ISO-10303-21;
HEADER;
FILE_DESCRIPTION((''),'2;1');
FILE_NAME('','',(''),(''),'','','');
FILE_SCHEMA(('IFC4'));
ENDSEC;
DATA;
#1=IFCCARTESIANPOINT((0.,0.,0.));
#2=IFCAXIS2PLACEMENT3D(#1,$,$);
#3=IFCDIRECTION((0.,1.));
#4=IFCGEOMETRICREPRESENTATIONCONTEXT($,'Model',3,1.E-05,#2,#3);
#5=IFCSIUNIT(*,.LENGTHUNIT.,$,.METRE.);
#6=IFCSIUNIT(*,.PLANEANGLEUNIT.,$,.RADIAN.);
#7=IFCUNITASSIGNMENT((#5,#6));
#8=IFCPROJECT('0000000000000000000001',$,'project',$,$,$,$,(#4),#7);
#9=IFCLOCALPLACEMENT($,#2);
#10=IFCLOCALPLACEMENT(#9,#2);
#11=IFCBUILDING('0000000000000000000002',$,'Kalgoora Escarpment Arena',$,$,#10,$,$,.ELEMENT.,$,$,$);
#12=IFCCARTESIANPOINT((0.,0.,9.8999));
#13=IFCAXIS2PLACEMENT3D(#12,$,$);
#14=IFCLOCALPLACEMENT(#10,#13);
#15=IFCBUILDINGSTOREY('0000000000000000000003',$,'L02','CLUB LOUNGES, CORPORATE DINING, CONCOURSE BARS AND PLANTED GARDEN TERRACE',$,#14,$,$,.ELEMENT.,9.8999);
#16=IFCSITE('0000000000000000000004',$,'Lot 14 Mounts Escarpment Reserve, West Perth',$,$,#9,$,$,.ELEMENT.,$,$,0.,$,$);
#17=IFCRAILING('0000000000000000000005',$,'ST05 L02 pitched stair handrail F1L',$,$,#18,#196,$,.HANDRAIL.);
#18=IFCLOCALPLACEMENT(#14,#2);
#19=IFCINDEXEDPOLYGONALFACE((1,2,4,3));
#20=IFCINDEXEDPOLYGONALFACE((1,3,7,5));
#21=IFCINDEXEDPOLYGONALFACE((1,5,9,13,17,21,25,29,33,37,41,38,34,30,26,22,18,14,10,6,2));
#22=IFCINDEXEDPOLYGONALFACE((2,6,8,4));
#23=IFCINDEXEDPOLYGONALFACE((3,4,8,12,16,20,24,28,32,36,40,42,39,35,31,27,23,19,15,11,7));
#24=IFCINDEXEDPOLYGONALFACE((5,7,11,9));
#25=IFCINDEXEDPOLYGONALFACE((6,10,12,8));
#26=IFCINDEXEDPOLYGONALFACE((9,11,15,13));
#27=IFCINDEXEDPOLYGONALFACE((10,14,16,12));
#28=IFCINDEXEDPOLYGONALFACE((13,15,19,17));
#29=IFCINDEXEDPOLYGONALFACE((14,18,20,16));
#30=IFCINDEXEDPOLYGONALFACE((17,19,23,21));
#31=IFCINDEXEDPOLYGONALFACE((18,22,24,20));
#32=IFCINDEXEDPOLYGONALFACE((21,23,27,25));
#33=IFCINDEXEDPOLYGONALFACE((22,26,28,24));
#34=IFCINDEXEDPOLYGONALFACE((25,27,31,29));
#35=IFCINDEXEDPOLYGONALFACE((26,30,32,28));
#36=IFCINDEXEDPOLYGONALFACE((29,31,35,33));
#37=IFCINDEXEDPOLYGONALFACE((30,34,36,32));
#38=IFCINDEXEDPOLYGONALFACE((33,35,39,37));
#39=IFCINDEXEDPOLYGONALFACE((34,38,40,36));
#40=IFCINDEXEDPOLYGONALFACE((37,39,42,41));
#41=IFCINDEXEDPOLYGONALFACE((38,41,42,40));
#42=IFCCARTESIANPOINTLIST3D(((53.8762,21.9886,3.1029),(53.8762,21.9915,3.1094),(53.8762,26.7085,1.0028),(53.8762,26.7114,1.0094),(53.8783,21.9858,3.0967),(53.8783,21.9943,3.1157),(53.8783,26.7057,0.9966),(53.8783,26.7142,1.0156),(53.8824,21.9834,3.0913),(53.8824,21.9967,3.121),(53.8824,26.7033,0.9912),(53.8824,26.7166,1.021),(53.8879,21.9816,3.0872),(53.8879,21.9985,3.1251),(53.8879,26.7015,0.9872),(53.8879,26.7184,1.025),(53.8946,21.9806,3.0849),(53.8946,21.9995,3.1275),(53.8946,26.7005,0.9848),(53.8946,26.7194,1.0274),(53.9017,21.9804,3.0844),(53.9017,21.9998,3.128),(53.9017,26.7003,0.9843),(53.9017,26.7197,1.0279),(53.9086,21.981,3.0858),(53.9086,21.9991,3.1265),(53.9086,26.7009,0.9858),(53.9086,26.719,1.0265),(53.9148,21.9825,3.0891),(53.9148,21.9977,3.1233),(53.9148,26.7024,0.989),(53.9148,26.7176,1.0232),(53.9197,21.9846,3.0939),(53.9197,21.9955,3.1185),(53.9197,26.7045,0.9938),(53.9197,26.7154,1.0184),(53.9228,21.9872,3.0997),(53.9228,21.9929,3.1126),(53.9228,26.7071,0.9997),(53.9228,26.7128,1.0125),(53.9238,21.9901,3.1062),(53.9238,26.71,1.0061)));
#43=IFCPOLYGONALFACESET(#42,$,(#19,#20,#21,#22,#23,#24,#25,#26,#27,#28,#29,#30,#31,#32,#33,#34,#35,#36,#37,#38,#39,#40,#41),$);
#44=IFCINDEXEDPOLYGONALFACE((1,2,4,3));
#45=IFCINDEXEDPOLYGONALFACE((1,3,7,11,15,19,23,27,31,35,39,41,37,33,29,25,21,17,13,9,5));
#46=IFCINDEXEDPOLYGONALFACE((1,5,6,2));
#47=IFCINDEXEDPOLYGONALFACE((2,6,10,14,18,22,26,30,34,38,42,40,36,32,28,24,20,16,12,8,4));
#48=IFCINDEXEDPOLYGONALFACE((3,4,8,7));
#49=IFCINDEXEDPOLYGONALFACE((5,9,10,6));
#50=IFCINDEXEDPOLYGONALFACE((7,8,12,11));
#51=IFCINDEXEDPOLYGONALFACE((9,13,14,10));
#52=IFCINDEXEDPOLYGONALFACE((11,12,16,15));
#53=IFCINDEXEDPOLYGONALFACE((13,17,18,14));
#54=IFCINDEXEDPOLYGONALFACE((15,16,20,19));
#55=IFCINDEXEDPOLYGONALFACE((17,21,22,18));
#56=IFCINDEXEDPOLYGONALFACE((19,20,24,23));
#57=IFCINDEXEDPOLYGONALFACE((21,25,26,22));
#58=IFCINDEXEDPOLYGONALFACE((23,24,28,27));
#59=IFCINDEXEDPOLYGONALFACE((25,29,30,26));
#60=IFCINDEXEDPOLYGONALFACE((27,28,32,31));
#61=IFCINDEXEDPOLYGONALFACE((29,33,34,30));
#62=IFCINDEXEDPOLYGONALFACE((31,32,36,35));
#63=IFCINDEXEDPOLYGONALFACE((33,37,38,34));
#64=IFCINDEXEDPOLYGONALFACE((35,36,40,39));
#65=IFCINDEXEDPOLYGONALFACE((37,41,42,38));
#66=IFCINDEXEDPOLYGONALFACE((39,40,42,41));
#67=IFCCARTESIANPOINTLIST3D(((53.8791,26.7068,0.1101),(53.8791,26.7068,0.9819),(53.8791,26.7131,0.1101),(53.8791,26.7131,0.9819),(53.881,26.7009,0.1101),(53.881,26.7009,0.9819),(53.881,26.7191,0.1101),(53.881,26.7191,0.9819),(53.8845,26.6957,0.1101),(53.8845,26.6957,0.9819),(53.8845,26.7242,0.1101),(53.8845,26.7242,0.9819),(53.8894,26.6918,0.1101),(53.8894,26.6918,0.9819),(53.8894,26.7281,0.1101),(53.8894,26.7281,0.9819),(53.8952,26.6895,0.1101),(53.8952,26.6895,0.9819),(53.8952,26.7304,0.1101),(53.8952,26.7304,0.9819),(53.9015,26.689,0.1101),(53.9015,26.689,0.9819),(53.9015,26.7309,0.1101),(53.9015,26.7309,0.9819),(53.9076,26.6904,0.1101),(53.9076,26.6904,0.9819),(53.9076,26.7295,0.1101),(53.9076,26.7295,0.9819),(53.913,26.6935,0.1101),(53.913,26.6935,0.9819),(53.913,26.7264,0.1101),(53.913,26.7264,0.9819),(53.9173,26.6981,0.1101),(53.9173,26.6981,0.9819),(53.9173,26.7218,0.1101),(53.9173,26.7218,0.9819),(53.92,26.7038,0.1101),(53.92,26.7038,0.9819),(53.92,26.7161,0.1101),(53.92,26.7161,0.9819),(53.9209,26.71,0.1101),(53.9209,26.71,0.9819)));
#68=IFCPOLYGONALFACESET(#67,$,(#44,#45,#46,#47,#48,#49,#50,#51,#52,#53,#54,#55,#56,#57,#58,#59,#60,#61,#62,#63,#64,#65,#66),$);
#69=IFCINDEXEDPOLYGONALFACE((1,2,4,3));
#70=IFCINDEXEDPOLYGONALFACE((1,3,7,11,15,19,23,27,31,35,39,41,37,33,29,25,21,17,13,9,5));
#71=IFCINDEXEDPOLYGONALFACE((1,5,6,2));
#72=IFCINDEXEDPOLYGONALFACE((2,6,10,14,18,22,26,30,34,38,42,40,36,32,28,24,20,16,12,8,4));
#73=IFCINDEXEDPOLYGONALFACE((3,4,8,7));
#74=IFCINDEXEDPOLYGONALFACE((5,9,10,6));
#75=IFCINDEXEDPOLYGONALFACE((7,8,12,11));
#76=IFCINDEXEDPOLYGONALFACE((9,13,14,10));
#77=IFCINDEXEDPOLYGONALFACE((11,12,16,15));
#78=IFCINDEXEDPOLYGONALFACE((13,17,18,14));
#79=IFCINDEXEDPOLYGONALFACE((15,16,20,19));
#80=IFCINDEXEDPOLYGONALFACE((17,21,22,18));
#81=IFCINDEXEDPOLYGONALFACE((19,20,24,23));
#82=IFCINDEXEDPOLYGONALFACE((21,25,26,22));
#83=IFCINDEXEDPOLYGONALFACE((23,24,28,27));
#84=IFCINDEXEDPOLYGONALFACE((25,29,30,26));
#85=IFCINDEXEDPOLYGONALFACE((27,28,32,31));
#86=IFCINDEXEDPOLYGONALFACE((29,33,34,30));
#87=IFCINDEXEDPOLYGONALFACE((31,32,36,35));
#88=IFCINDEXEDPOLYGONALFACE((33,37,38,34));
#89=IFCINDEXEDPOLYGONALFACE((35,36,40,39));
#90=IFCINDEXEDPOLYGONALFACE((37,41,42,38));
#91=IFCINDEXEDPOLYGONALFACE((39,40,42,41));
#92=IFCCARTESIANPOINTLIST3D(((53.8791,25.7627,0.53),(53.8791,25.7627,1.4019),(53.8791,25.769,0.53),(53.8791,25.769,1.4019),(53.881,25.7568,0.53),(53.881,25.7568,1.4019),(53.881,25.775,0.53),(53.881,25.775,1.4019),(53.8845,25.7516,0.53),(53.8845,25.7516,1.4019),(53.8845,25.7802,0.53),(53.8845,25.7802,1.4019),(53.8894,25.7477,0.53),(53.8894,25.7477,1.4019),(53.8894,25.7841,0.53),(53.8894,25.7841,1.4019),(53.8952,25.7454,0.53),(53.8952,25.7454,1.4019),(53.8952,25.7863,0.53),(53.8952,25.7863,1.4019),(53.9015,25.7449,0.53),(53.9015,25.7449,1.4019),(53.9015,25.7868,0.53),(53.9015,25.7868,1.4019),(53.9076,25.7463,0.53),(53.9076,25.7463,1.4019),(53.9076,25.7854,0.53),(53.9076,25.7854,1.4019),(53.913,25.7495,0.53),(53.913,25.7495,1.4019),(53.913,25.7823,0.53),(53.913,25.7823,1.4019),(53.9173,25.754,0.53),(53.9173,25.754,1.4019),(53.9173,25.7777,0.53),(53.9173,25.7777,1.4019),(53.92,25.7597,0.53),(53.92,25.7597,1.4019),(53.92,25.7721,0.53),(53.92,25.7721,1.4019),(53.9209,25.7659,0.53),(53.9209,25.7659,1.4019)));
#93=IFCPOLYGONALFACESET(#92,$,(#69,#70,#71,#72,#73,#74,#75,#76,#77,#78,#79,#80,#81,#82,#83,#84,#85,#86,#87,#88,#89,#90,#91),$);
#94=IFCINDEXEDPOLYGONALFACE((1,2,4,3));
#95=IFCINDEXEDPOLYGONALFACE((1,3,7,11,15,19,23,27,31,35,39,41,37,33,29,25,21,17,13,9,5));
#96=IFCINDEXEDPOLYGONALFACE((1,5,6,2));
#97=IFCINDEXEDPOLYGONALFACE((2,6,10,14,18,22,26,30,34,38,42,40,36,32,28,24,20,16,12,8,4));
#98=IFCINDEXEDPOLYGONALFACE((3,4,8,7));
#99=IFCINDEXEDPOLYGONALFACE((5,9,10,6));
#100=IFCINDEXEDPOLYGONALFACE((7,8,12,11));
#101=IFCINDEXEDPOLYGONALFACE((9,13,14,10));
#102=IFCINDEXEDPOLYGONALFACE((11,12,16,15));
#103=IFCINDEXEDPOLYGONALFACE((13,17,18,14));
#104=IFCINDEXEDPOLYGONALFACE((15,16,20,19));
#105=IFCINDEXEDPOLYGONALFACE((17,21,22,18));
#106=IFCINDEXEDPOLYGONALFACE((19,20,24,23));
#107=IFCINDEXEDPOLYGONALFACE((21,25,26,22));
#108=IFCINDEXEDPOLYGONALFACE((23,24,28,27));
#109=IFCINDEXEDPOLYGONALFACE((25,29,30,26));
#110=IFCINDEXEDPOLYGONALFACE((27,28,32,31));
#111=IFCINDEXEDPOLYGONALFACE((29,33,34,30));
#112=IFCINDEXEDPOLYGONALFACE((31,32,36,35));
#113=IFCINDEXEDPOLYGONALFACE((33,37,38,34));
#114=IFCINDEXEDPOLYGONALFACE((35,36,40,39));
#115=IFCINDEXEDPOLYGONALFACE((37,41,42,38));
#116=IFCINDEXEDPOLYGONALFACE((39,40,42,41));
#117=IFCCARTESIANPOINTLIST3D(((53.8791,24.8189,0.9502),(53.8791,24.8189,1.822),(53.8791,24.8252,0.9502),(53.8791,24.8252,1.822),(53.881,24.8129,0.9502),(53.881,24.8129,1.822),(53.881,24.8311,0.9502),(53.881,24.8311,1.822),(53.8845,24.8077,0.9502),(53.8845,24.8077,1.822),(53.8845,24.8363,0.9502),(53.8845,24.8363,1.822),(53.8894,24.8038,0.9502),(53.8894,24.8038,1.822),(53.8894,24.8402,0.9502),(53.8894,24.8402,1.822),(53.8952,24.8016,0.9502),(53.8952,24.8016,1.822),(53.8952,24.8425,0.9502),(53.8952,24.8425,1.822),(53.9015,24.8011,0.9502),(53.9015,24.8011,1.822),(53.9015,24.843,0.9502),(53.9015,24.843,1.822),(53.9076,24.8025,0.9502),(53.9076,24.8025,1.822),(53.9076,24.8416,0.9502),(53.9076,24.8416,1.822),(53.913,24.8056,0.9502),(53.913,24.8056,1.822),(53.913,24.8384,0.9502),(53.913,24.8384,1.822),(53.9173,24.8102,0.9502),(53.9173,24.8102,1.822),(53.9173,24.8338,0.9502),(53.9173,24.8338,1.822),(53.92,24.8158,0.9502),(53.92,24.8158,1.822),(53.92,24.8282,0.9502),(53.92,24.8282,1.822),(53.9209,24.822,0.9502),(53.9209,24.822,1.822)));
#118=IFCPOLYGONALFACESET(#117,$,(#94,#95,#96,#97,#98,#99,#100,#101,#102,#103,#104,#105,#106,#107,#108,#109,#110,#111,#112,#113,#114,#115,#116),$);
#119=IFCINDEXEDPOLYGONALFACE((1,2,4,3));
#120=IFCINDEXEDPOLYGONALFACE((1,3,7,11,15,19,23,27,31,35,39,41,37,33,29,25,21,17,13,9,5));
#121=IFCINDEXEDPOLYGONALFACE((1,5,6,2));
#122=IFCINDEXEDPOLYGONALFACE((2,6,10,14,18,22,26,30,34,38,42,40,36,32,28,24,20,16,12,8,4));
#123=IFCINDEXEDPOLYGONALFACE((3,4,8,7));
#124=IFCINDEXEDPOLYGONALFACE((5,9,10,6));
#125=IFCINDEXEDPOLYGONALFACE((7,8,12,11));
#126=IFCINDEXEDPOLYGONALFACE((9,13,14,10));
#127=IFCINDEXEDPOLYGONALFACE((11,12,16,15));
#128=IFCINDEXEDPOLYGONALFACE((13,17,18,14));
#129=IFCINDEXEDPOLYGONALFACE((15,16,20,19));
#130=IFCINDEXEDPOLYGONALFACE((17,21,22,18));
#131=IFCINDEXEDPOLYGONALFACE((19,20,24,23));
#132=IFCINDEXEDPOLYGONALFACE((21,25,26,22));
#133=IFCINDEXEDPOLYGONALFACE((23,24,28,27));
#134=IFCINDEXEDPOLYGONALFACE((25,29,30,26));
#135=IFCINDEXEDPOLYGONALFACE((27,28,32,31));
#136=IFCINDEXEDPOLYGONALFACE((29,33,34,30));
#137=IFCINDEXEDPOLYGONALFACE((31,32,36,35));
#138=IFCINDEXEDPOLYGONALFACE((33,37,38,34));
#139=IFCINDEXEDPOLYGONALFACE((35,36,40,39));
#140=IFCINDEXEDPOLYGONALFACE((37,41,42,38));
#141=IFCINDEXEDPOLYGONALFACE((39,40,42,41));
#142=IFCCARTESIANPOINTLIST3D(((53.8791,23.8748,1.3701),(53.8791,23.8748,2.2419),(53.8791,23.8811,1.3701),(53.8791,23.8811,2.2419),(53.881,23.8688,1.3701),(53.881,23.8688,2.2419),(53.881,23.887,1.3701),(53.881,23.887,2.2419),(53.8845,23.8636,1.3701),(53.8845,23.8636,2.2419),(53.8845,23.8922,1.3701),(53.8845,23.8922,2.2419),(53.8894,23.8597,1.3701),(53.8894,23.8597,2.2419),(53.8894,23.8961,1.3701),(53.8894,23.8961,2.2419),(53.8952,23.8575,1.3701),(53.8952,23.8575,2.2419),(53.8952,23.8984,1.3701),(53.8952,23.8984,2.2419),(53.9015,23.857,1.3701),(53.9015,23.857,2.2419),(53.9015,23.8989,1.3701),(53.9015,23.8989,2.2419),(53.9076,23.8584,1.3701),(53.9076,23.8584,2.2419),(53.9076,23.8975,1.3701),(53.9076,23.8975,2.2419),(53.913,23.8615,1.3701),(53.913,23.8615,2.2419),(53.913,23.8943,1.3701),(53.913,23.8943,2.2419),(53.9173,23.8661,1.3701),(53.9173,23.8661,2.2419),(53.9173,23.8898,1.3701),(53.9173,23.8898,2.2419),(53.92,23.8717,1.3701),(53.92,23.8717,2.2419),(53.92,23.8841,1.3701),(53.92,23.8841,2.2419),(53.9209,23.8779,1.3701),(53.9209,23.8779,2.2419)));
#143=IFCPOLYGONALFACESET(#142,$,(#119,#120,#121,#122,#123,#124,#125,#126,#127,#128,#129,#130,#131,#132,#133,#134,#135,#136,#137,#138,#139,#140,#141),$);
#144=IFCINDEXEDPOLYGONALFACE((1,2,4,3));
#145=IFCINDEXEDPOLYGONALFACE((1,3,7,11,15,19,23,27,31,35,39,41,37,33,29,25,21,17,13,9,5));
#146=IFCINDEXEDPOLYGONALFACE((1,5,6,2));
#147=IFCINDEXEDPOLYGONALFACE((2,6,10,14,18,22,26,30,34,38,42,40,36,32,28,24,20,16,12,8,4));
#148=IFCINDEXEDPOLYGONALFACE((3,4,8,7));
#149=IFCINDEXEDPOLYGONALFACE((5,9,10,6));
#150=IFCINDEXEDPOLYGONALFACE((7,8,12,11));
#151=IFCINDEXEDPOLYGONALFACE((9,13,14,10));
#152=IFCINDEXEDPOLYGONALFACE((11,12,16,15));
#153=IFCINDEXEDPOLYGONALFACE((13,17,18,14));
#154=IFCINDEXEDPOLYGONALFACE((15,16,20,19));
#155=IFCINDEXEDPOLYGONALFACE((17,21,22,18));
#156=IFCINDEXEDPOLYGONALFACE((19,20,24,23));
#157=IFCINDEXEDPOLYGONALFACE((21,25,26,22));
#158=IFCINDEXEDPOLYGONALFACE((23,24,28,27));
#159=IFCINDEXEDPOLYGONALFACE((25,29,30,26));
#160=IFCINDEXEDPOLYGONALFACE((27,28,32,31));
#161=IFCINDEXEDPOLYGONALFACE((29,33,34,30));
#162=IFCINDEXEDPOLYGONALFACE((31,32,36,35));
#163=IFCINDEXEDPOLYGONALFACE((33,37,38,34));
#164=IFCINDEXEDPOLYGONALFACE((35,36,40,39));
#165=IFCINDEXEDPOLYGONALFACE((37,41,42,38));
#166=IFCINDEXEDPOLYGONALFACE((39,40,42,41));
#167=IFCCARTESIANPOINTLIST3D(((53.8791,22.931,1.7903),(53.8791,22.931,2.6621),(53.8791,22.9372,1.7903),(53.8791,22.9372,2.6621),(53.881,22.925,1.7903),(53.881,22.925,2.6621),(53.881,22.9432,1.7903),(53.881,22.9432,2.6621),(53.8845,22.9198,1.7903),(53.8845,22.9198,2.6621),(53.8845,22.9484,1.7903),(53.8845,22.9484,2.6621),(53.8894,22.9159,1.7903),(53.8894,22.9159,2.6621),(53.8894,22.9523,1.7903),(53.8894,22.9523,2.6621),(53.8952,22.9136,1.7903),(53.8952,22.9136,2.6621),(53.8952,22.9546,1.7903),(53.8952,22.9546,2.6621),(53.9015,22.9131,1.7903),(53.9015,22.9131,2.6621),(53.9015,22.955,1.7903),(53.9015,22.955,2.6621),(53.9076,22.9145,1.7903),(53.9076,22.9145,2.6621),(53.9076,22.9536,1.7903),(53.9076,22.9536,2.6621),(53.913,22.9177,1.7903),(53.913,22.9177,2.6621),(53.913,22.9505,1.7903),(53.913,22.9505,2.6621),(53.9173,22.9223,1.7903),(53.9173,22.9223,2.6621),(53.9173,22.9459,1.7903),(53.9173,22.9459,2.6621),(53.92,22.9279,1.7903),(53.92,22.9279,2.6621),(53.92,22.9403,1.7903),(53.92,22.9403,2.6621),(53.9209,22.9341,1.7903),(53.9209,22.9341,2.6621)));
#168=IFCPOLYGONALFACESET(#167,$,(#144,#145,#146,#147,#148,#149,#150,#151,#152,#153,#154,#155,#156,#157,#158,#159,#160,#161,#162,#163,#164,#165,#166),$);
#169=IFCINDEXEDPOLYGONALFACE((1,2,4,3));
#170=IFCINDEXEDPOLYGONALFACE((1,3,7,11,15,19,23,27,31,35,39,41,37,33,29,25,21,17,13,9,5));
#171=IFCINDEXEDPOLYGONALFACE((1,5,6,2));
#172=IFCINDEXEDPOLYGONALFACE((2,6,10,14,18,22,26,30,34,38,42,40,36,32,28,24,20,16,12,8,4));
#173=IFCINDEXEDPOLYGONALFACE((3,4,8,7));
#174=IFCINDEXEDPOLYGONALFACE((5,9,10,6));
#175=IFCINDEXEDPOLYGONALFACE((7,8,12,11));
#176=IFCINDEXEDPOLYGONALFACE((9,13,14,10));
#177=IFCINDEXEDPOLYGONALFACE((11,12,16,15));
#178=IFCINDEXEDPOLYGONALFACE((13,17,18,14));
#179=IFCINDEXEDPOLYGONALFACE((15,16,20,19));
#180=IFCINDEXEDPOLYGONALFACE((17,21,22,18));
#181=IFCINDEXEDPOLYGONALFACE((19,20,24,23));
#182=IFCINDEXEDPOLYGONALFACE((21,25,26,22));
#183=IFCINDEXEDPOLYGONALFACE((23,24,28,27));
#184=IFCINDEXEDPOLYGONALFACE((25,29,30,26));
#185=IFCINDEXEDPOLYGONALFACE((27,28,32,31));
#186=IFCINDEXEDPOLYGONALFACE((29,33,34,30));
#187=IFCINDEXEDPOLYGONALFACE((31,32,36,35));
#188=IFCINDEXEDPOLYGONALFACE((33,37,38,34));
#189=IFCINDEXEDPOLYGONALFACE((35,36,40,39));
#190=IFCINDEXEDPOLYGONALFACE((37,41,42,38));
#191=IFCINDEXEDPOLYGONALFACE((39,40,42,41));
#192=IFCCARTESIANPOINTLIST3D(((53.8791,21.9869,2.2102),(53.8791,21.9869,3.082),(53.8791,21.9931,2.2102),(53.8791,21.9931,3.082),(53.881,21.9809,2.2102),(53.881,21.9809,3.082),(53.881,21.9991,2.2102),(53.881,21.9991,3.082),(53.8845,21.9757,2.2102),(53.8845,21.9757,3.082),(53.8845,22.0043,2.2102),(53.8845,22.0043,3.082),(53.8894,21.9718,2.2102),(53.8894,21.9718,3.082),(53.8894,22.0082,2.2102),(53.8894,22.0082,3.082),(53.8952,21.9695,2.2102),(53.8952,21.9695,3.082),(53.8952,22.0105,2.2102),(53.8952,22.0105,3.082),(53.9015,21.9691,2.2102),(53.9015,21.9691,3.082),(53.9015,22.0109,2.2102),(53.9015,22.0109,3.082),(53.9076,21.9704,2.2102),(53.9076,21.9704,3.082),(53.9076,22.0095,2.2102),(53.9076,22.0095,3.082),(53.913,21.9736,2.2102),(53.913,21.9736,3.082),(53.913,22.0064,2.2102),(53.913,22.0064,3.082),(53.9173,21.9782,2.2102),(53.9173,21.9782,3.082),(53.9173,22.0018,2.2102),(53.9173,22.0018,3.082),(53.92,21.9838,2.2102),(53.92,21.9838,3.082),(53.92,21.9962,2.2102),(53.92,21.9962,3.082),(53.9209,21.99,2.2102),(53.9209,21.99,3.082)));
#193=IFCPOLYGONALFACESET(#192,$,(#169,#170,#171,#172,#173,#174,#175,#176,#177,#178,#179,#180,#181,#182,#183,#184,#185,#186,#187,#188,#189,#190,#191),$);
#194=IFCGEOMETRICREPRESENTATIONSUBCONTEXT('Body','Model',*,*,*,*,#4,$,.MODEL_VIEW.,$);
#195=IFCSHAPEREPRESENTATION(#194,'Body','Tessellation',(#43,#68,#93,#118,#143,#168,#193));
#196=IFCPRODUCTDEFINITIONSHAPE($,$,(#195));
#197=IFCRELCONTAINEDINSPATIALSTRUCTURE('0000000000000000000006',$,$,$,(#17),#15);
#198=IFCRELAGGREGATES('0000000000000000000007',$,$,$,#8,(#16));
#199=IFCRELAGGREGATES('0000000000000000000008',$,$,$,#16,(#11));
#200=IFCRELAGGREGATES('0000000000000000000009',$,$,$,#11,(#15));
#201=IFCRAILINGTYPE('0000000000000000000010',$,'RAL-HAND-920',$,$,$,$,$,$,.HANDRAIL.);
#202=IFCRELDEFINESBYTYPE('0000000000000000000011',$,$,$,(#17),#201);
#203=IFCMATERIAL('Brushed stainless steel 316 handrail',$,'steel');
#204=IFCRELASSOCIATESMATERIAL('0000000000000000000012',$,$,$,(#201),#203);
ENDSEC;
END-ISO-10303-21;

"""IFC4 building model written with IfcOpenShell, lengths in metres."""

from ifc_helpers import new_model, si_unit, direction, frame, origin, origin_2d, place, context, subcontext, project, spatial, circle, extrude, material, type_object, element, save


model = new_model("IFC4")

# Units and contexts
model_context = context("Model", 3, precision=1e-05, world=origin(), true_north=direction((0.0, 1.0)))
body_context = subcontext(model_context, "Body", "Model", "MODEL_VIEW")
ifc_project = project(units=[si_unit("LENGTHUNIT", "METRE"), si_unit("PLANEANGLEUNIT", "RADIAN")], contexts=[model_context])

# Site, building, storey
site_placement = place(None, origin())
site = spatial("IfcSite", under=ifc_project, at=site_placement, Name="Lot 14 Mounts Escarpment Reserve, West Perth", CompositionType="ELEMENT", RefElevation=0.0)
building_placement = place(site_placement, origin())
building = spatial("IfcBuilding", under=site, at=building_placement, Name="Kalgoora Escarpment Arena", CompositionType="ELEMENT")
storey_placement = place(building_placement, frame((0.0, 0.0, 9.8999)))
storey = spatial("IfcBuildingStorey", under=building, at=storey_placement, Name="L02", Description="CLUB LOUNGES, CORPORATE DINING, CONCOURSE BARS AND PLANTED GARDEN TERRACE", CompositionType="ELEMENT", Elevation=9.8999)

# Railing
ifc_material_1 = material(Name="Brushed stainless steel 316 handrail", Category="steel")
railing_type_1 = type_object("IfcRailingType", Name="RAL-HAND-920", PredefinedType="HANDRAIL", material=ifc_material_1)
for number, where, name in (
    (1, (53.8999, 26.71, 0.1101), "ST05 L02 pitched stair handrail F1L"),
):
    element("IfcRailing", number, at=place(storey_placement, frame(where)), inside=storey, type_object=railing_type_1, Name=name, PredefinedType="HANDRAIL", context=body_context, shape_type="SweptSolid", body=[
        extrude(circle(Radius=0.0239, at=origin_2d()), frame((0.0, 0.0, 0.896), z_axis=(0.0, -0.913644, 0.406516), x_axis=(1.0, 0.0, 0.0)), (0.0, 0.0, 1.0), 5.166),
        extrude(circle(Radius=0.021, at=origin_2d()), origin(), (0.0, 0.0, 1.0), 0.8718),
        extrude(circle(Radius=0.021, at=origin_2d()), frame((0.0, -0.9441, 0.4199)), (0.0, 0.0, 1.0), 0.8718),
        extrude(circle(Radius=0.021, at=origin_2d()), frame((0.0, -1.8879, 0.8401)), (0.0, 0.0, 1.0), 0.8718),
        extrude(circle(Radius=0.021, at=origin_2d()), frame((0.0, -2.832, 1.26)), (0.0, 0.0, 1.0), 0.8718),
        extrude(circle(Radius=0.021, at=origin_2d()), frame((0.0, -3.7759, 1.6802)), (0.0, 0.0, 1.0), 0.8718),
        extrude(circle(Radius=0.021, at=origin_2d()), frame((0.0, -4.72, 2.1001)), (0.0, 0.0, 1.0), 0.8718),
    ])

save(model, "model.ifc")
